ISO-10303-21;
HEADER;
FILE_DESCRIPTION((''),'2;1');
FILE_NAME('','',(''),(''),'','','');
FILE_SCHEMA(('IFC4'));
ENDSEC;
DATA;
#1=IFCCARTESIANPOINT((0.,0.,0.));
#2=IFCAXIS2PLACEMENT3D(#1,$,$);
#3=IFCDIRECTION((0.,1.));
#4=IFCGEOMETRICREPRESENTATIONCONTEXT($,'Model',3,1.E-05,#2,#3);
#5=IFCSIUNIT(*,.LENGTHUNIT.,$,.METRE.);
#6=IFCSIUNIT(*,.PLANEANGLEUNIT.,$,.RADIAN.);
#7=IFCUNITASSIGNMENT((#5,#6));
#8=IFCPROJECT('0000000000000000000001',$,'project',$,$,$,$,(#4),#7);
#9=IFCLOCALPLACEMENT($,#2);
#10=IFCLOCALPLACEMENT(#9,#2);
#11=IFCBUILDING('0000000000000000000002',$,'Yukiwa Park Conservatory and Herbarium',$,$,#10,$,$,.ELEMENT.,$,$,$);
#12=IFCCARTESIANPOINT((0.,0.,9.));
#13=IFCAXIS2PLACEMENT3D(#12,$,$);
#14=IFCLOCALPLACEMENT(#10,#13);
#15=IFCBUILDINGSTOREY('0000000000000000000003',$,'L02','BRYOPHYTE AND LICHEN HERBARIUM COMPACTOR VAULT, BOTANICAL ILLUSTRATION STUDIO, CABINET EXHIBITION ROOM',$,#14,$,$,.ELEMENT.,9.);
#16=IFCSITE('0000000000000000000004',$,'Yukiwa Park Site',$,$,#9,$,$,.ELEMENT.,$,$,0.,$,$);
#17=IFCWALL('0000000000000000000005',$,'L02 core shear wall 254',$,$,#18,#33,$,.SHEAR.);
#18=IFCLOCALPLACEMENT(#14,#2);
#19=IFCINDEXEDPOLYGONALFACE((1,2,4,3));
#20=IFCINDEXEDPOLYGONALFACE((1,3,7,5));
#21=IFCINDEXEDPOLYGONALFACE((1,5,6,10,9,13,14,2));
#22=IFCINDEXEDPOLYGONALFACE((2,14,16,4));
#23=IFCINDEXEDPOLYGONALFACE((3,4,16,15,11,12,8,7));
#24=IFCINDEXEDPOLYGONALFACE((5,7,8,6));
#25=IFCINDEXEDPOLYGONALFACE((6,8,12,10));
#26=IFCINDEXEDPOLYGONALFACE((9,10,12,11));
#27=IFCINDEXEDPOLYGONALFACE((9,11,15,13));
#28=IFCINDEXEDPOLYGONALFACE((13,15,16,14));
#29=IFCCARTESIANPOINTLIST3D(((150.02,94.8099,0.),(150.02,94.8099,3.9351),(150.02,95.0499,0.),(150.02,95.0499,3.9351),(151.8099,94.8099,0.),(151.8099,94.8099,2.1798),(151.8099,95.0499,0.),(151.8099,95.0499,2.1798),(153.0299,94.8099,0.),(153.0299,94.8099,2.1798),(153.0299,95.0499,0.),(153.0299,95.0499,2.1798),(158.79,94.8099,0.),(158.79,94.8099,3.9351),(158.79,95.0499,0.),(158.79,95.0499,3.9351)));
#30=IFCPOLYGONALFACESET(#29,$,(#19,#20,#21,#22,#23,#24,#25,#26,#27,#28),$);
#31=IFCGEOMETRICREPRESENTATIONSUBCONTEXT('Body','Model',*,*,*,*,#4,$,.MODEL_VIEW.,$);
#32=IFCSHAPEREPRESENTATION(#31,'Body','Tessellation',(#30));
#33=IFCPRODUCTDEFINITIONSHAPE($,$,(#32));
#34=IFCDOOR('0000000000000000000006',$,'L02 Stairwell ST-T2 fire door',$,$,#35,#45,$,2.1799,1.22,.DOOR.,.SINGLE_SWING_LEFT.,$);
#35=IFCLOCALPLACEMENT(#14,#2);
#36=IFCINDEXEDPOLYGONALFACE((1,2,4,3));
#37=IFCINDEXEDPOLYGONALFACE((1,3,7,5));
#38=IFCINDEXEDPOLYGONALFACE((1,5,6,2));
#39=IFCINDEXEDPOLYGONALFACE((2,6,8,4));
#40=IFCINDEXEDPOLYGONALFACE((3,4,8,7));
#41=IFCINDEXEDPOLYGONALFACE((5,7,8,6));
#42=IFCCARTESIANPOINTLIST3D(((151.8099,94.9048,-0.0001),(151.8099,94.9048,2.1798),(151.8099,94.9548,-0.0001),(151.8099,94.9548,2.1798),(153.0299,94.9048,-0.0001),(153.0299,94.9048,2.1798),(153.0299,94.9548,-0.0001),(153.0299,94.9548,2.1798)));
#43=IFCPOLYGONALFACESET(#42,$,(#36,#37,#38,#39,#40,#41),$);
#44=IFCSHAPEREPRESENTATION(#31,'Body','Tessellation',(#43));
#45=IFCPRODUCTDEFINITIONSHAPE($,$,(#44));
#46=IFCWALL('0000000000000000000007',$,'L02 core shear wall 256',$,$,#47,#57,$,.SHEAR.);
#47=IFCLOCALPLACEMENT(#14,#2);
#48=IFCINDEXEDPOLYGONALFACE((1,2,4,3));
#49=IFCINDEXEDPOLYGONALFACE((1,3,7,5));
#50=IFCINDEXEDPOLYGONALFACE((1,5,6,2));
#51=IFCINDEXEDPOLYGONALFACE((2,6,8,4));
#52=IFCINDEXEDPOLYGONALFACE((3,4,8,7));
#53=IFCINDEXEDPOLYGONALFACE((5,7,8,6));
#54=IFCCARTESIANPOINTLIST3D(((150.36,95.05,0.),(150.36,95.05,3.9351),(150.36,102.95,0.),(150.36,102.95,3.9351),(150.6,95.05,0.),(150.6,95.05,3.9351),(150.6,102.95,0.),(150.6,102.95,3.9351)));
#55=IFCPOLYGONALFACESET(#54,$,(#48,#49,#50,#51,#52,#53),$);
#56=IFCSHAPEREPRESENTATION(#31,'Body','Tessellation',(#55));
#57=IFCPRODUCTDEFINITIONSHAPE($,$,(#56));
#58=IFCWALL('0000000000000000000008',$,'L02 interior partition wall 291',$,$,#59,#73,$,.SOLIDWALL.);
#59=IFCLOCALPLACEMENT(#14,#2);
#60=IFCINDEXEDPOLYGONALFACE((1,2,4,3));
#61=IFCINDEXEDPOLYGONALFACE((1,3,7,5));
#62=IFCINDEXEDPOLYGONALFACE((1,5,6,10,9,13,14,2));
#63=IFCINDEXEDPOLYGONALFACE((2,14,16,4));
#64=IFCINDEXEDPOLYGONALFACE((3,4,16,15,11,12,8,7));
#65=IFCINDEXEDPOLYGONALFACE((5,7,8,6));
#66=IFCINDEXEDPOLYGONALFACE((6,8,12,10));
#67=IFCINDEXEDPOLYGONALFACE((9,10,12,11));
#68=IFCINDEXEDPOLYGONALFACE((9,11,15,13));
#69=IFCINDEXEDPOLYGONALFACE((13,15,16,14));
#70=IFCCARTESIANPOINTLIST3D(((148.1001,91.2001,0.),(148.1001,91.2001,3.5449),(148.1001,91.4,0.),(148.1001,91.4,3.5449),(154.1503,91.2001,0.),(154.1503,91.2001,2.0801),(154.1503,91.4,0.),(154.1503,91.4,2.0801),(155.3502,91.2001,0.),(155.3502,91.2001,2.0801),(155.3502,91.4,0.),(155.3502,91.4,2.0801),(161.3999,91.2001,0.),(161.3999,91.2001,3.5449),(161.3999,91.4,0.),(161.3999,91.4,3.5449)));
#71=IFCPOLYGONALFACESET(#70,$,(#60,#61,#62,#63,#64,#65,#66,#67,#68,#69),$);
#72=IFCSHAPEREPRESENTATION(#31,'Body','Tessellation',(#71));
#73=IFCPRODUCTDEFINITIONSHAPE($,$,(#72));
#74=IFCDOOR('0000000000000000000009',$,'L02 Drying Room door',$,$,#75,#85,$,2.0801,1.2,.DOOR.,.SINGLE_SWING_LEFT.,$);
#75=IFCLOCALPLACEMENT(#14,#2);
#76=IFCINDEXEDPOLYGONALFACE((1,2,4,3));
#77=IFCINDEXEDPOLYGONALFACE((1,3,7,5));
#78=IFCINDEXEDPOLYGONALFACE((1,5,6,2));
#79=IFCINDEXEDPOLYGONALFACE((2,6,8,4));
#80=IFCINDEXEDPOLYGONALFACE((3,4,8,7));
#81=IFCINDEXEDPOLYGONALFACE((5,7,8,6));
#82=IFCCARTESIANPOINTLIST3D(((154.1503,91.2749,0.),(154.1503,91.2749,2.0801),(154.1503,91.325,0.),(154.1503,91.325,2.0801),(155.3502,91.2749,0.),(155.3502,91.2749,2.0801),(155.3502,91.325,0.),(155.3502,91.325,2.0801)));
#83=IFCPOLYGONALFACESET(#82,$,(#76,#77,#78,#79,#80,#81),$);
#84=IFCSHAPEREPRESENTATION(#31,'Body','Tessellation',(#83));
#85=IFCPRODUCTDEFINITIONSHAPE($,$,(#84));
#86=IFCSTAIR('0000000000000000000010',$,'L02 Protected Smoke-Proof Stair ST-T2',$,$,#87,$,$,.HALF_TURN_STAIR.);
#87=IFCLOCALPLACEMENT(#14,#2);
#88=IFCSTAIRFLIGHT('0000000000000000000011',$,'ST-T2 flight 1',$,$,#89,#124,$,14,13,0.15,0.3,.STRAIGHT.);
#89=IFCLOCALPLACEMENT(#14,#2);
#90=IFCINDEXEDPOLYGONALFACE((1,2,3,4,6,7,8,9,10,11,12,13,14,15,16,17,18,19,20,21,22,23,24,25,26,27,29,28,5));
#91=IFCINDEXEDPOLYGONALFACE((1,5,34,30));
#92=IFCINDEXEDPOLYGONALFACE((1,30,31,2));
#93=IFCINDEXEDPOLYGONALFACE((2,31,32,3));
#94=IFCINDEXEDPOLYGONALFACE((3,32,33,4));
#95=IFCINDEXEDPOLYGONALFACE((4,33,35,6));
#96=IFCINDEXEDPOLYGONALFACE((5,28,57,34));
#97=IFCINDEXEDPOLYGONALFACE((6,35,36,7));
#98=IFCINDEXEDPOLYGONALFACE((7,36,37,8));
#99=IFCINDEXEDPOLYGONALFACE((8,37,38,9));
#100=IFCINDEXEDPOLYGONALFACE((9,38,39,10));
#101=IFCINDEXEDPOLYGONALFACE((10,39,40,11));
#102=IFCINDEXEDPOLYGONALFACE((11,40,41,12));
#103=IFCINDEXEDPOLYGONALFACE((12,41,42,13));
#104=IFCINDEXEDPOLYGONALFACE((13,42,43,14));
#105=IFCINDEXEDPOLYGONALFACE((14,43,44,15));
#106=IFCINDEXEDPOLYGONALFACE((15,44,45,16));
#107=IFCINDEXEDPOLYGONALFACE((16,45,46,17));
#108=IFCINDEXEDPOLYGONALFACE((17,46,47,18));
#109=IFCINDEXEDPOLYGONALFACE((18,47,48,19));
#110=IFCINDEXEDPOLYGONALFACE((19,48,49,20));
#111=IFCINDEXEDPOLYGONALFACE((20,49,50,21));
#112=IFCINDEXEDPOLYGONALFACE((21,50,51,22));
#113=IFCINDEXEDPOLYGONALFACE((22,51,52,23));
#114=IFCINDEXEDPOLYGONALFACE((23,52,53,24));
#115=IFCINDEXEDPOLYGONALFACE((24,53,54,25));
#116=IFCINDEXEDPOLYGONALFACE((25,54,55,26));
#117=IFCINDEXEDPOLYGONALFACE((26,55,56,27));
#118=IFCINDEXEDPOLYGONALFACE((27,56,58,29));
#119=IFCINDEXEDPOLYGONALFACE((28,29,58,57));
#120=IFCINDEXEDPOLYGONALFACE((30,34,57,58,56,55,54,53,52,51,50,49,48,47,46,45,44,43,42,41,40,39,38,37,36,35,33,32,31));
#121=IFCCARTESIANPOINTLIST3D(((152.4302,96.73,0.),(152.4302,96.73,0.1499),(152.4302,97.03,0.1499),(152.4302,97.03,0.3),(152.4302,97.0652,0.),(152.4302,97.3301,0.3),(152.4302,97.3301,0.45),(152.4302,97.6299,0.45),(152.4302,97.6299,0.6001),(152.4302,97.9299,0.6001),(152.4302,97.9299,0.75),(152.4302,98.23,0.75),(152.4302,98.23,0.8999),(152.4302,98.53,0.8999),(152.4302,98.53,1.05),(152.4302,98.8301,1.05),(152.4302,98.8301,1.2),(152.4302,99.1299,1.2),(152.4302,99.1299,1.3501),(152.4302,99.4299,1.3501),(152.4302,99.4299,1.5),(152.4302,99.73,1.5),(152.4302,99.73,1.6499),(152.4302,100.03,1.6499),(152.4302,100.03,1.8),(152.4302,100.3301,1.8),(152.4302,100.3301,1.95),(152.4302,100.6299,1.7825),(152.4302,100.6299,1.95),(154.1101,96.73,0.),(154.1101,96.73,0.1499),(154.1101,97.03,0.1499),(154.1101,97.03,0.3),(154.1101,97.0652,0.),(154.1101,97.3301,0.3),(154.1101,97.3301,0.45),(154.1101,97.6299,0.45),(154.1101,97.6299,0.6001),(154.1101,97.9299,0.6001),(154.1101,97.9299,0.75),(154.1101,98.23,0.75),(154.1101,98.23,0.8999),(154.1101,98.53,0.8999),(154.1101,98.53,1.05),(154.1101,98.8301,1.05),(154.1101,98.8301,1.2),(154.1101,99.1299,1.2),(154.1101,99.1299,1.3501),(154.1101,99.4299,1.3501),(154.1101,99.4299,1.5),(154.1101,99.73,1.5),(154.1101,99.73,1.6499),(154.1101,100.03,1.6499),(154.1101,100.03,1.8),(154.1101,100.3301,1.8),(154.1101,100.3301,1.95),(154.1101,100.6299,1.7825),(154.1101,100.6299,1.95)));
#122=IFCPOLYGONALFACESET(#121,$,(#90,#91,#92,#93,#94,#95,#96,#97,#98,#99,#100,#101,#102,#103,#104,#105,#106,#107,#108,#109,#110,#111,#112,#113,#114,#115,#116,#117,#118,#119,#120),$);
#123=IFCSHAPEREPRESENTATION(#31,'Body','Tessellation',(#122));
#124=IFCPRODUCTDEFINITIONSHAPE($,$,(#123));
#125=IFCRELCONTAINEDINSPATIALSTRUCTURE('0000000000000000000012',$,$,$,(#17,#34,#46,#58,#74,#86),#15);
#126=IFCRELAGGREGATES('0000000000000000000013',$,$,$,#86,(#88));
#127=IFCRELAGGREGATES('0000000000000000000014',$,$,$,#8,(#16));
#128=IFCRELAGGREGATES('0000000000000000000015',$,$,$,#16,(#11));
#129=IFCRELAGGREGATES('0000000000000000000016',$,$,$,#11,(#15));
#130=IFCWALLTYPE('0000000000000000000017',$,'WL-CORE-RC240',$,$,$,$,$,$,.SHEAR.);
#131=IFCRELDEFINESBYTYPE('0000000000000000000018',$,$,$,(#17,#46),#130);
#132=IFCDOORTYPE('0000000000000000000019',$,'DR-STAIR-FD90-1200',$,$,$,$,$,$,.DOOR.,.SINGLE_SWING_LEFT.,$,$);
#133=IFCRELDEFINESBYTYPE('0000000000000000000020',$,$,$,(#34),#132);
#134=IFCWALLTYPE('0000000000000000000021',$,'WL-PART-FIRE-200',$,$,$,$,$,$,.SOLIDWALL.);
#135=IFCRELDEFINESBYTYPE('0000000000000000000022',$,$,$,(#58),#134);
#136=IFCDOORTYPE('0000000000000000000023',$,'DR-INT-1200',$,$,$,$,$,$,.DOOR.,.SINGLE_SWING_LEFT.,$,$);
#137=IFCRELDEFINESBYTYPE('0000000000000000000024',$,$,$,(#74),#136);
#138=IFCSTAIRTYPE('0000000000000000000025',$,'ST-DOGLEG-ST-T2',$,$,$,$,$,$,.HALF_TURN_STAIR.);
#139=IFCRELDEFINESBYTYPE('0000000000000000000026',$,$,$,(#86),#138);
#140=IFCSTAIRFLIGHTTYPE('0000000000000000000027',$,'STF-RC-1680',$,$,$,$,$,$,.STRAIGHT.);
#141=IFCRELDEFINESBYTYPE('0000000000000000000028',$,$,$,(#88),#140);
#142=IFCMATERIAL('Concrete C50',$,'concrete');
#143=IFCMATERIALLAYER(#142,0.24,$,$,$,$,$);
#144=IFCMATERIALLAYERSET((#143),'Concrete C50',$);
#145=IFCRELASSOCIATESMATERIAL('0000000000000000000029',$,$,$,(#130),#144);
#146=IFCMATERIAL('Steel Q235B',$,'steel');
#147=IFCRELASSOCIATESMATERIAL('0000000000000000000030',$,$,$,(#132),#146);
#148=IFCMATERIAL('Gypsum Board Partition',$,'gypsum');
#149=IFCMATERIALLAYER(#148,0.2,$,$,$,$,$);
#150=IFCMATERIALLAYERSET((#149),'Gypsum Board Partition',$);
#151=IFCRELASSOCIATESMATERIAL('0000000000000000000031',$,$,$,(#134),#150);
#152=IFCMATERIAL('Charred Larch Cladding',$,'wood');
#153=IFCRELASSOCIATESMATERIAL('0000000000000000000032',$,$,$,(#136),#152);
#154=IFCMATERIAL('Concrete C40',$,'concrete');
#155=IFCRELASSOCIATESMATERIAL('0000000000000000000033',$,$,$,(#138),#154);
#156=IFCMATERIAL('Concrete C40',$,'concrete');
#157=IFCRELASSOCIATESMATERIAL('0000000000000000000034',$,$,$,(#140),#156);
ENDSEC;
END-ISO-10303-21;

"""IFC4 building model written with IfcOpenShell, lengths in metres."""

from ifc_helpers import new_model, si_unit, direction, frame, frame_2d, origin, place, context, subcontext, project, spatial, polyline, rectangle, outline, extrude, material, layer, layer_set, type_object, element, fill, aggregate, save


model = new_model("IFC4")

# Units and contexts
model_context = context("Model", 3, precision=1e-05, world=origin(), true_north=direction((0.0, 1.0)))
body_context = subcontext(model_context, "Body", "Model", "MODEL_VIEW")
ifc_project = project(units=[si_unit("LENGTHUNIT", "METRE"), si_unit("PLANEANGLEUNIT", "RADIAN")], contexts=[model_context])

# Site, building, storey
site_placement = place(None, origin())
site = spatial("IfcSite", under=ifc_project, at=site_placement, Name="Yukiwa Park Site", CompositionType="ELEMENT", RefElevation=0.0)
building_placement = place(site_placement, origin())
building = spatial("IfcBuilding", under=site, at=building_placement, Name="Yukiwa Park Conservatory and Herbarium", CompositionType="ELEMENT")
storey_placement = place(building_placement, frame((0.0, 0.0, 9.0)))
storey = spatial("IfcBuildingStorey", under=building, at=storey_placement, Name="L02", Description="BRYOPHYTE AND LICHEN HERBARIUM COMPACTOR VAULT, BOTANICAL ILLUSTRATION STUDIO, CABINET EXHIBITION ROOM", CompositionType="ELEMENT", Elevation=9.0)

# Shared definitions
ifc_material_1 = material(Name="Concrete C50", Category="concrete")
ifc_layer_1 = layer(ifc_material_1, 0.24)
ifc_layer_set_1 = layer_set([ifc_layer_1], Name="Concrete C50")
wall_type_1 = type_object("IfcWallType", Name="WL-CORE-RC240", PredefinedType="SHEAR", material=ifc_layer_set_1)

# Wall, opening, door
wall_1_placement = place(storey_placement, frame((150.02, 94.9299, 0.0), z_axis=(0.0, 0.0, 1.0), x_axis=(1.0, 0.0, 0.0)))
wall_1 = element("IfcWall", 1, at=wall_1_placement, inside=storey, type_object=wall_type_1, Name="L02 core shear wall 254", PredefinedType="SHEAR", context=body_context, shape_type="SweptSolid", body=[
    extrude(rectangle(XDim=8.77, YDim=0.24, at=frame_2d((4.385, 0.0))), origin(), (0.0, 0.0, 1.0), 3.9351),
])
opening_1_placement = place(wall_1_placement, frame((1.79, 0.0, 0.0)))
opening_1 = element("IfcOpeningElement", 2, at=opening_1_placement, cuts=wall_1, PredefinedType="OPENING", context=body_context, shape_type="SweptSolid", body=[
    extrude(rectangle(XDim=1.22, YDim=2.1799, at=frame_2d((0.6099, 1.0898))), frame((0.0, 0.1299, 0.0), z_axis=(0.0, -1.0, 0.0), x_axis=(1.0, 0.0, 0.0)), (0.0, 0.0, 1.0), 0.26),
])
ifc_material_2 = material(Name="Steel Q235B", Category="steel")
door_type_1 = type_object("IfcDoorType", Name="DR-STAIR-FD90-1200", OperationType="SINGLE_SWING_LEFT", PredefinedType="DOOR", material=ifc_material_2)
door_1_placement = place(opening_1_placement, origin())
door_1 = element("IfcDoor", 3, at=door_1_placement, inside=storey, type_object=door_type_1, Name="L02 Stairwell ST-T2 fire door", OperationType="SINGLE_SWING_LEFT", OverallHeight=2.1799, OverallWidth=1.22, PredefinedType="DOOR", context=body_context, shape_type="SweptSolid", body=[
    extrude(rectangle(XDim=1.22, YDim=2.1799, at=frame_2d((0.6099, 1.0898))), frame((0.0, 0.0249, 0.0), z_axis=(0.0, -1.0, 0.0), x_axis=(1.0, 0.0, 0.0)), (0.0, 0.0, 1.0), 0.05),
])
fill(opening_1, door_1)

# Wall
wall_2_placement = place(storey_placement, frame((150.48, 95.05, 0.0), z_axis=(0.0, 0.0, 1.0), x_axis=(0.0, 1.0, 0.0)))
element("IfcWall", 4, at=wall_2_placement, inside=storey, type_object=wall_type_1, Name="L02 core shear wall 256", PredefinedType="SHEAR", context=body_context, shape_type="SweptSolid", body=[
    extrude(rectangle(XDim=7.8999, YDim=0.24, at=frame_2d((3.95, 0.0))), origin(), (0.0, 0.0, 1.0), 3.9351),
])

# Wall, opening, door
ifc_material_3 = material(Name="Gypsum Board Partition", Category="gypsum")
ifc_layer_2 = layer(ifc_material_3, 0.2)
ifc_layer_set_2 = layer_set([ifc_layer_2], Name="Gypsum Board Partition")
wall_type_2 = type_object("IfcWallType", Name="WL-PART-FIRE-200", PredefinedType="SOLIDWALL", material=ifc_layer_set_2)
wall_3_placement = place(storey_placement, frame((148.1001, 91.3, 0.0), z_axis=(0.0, 0.0, 1.0), x_axis=(1.0, 0.0, 0.0)))
wall_3 = element("IfcWall", 5, at=wall_3_placement, inside=storey, type_object=wall_type_2, Name="L02 interior partition wall 291", PredefinedType="SOLIDWALL", context=body_context, shape_type="SweptSolid", body=[
    extrude(rectangle(XDim=13.2998, YDim=0.2, at=frame_2d((6.6499, 0.0))), origin(), (0.0, 0.0, 1.0), 3.5449),
])
opening_2_placement = place(wall_3_placement, frame((6.05, 0.0, 0.0)))
opening_2 = element("IfcOpeningElement", 6, at=opening_2_placement, cuts=wall_3, PredefinedType="OPENING", context=body_context, shape_type="SweptSolid", body=[
    extrude(rectangle(XDim=1.2, YDim=2.0801, at=frame_2d((0.6001, 1.04))), frame((0.0, 0.1099, 0.0), z_axis=(0.0, -1.0, 0.0), x_axis=(1.0, 0.0, 0.0)), (0.0, 0.0, 1.0), 0.22),
])
ifc_material_4 = material(Name="Charred Larch Cladding", Category="wood")
door_type_2 = type_object("IfcDoorType", Name="DR-INT-1200", OperationType="SINGLE_SWING_LEFT", PredefinedType="DOOR", material=ifc_material_4)
door_2_placement = place(opening_2_placement, origin())
door_2 = element("IfcDoor", 7, at=door_2_placement, inside=storey, type_object=door_type_2, Name="L02 Drying Room door", OperationType="SINGLE_SWING_LEFT", OverallHeight=2.0801, OverallWidth=1.2, PredefinedType="DOOR", context=body_context, shape_type="SweptSolid", body=[
    extrude(rectangle(XDim=1.2, YDim=2.0801, at=frame_2d((0.6001, 1.04))), frame((0.0, 0.0249, 0.0), z_axis=(0.0, -1.0, 0.0), x_axis=(1.0, 0.0, 0.0)), (0.0, 0.0, 1.0), 0.05),
])
fill(opening_2, door_2)

# Stair, stair flight
ifc_material_5 = material(Name="Concrete C40", Category="concrete")
stair_type = type_object("IfcStairType", Name="ST-DOGLEG-ST-T2", PredefinedType="HALF_TURN_STAIR", material=ifc_material_5)
stair_placement = place(storey_placement, origin())
stair = element("IfcStair", 8, at=stair_placement, inside=storey, type_object=stair_type, Name="L02 Protected Smoke-Proof Stair ST-T2", PredefinedType="HALF_TURN_STAIR")
ifc_material_6 = material(Name="Concrete C40", Category="concrete")
stair_flight_type = type_object("IfcStairFlightType", Name="STF-RC-1680", PredefinedType="STRAIGHT", material=ifc_material_6)
stair_flight_placement = place(storey_placement, frame((153.27, 96.73, 0.0), z_axis=(0.0, 0.0, 1.0), x_axis=(0.0, 1.0, 0.0)))
stair_flight = element("IfcStairFlight", 9, at=stair_flight_placement, type_object=stair_flight_type, Name="ST-T2 flight 1", NumberOfRisers=14, NumberOfTreads=13, PredefinedType="STRAIGHT", RiserHeight=0.15, TreadLength=0.3, context=body_context, shape_type="SweptSolid", body=[
    extrude(outline(polyline([(0.0, 0.0), (0.0, 0.1499), (0.3, 0.1499), (0.3, 0.3), (0.6001, 0.3), (0.6001, 0.45), (0.8999, 0.45), (0.8999, 0.6001), (1.2, 0.6001), (1.2, 0.75), (1.5, 0.75), (1.5, 0.8999), (1.8, 0.8999), (1.8, 1.05), (2.1001, 1.05), (2.1001, 1.2), (2.3999, 1.2), (2.3999, 1.3501), (2.7, 1.3501), (2.7, 1.5), (3.0, 1.5), (3.0, 1.6499), (3.3, 1.6499), (3.3, 1.8), (3.6001, 1.8), (3.6001, 1.95), (3.8999, 1.95), (3.8999, 2.1001), (3.8999, 1.7825), (0.3352, 0.0), (0.0, 0.0)])), frame((0.0, 0.8398, 0.0), z_axis=(0.0, -1.0, 0.0), x_axis=(1.0, 0.0, 0.0)), (0.0, 0.0, 1.0), 1.6799),
])
aggregate(stair, [stair_flight])

save(model, "model.ifc")
